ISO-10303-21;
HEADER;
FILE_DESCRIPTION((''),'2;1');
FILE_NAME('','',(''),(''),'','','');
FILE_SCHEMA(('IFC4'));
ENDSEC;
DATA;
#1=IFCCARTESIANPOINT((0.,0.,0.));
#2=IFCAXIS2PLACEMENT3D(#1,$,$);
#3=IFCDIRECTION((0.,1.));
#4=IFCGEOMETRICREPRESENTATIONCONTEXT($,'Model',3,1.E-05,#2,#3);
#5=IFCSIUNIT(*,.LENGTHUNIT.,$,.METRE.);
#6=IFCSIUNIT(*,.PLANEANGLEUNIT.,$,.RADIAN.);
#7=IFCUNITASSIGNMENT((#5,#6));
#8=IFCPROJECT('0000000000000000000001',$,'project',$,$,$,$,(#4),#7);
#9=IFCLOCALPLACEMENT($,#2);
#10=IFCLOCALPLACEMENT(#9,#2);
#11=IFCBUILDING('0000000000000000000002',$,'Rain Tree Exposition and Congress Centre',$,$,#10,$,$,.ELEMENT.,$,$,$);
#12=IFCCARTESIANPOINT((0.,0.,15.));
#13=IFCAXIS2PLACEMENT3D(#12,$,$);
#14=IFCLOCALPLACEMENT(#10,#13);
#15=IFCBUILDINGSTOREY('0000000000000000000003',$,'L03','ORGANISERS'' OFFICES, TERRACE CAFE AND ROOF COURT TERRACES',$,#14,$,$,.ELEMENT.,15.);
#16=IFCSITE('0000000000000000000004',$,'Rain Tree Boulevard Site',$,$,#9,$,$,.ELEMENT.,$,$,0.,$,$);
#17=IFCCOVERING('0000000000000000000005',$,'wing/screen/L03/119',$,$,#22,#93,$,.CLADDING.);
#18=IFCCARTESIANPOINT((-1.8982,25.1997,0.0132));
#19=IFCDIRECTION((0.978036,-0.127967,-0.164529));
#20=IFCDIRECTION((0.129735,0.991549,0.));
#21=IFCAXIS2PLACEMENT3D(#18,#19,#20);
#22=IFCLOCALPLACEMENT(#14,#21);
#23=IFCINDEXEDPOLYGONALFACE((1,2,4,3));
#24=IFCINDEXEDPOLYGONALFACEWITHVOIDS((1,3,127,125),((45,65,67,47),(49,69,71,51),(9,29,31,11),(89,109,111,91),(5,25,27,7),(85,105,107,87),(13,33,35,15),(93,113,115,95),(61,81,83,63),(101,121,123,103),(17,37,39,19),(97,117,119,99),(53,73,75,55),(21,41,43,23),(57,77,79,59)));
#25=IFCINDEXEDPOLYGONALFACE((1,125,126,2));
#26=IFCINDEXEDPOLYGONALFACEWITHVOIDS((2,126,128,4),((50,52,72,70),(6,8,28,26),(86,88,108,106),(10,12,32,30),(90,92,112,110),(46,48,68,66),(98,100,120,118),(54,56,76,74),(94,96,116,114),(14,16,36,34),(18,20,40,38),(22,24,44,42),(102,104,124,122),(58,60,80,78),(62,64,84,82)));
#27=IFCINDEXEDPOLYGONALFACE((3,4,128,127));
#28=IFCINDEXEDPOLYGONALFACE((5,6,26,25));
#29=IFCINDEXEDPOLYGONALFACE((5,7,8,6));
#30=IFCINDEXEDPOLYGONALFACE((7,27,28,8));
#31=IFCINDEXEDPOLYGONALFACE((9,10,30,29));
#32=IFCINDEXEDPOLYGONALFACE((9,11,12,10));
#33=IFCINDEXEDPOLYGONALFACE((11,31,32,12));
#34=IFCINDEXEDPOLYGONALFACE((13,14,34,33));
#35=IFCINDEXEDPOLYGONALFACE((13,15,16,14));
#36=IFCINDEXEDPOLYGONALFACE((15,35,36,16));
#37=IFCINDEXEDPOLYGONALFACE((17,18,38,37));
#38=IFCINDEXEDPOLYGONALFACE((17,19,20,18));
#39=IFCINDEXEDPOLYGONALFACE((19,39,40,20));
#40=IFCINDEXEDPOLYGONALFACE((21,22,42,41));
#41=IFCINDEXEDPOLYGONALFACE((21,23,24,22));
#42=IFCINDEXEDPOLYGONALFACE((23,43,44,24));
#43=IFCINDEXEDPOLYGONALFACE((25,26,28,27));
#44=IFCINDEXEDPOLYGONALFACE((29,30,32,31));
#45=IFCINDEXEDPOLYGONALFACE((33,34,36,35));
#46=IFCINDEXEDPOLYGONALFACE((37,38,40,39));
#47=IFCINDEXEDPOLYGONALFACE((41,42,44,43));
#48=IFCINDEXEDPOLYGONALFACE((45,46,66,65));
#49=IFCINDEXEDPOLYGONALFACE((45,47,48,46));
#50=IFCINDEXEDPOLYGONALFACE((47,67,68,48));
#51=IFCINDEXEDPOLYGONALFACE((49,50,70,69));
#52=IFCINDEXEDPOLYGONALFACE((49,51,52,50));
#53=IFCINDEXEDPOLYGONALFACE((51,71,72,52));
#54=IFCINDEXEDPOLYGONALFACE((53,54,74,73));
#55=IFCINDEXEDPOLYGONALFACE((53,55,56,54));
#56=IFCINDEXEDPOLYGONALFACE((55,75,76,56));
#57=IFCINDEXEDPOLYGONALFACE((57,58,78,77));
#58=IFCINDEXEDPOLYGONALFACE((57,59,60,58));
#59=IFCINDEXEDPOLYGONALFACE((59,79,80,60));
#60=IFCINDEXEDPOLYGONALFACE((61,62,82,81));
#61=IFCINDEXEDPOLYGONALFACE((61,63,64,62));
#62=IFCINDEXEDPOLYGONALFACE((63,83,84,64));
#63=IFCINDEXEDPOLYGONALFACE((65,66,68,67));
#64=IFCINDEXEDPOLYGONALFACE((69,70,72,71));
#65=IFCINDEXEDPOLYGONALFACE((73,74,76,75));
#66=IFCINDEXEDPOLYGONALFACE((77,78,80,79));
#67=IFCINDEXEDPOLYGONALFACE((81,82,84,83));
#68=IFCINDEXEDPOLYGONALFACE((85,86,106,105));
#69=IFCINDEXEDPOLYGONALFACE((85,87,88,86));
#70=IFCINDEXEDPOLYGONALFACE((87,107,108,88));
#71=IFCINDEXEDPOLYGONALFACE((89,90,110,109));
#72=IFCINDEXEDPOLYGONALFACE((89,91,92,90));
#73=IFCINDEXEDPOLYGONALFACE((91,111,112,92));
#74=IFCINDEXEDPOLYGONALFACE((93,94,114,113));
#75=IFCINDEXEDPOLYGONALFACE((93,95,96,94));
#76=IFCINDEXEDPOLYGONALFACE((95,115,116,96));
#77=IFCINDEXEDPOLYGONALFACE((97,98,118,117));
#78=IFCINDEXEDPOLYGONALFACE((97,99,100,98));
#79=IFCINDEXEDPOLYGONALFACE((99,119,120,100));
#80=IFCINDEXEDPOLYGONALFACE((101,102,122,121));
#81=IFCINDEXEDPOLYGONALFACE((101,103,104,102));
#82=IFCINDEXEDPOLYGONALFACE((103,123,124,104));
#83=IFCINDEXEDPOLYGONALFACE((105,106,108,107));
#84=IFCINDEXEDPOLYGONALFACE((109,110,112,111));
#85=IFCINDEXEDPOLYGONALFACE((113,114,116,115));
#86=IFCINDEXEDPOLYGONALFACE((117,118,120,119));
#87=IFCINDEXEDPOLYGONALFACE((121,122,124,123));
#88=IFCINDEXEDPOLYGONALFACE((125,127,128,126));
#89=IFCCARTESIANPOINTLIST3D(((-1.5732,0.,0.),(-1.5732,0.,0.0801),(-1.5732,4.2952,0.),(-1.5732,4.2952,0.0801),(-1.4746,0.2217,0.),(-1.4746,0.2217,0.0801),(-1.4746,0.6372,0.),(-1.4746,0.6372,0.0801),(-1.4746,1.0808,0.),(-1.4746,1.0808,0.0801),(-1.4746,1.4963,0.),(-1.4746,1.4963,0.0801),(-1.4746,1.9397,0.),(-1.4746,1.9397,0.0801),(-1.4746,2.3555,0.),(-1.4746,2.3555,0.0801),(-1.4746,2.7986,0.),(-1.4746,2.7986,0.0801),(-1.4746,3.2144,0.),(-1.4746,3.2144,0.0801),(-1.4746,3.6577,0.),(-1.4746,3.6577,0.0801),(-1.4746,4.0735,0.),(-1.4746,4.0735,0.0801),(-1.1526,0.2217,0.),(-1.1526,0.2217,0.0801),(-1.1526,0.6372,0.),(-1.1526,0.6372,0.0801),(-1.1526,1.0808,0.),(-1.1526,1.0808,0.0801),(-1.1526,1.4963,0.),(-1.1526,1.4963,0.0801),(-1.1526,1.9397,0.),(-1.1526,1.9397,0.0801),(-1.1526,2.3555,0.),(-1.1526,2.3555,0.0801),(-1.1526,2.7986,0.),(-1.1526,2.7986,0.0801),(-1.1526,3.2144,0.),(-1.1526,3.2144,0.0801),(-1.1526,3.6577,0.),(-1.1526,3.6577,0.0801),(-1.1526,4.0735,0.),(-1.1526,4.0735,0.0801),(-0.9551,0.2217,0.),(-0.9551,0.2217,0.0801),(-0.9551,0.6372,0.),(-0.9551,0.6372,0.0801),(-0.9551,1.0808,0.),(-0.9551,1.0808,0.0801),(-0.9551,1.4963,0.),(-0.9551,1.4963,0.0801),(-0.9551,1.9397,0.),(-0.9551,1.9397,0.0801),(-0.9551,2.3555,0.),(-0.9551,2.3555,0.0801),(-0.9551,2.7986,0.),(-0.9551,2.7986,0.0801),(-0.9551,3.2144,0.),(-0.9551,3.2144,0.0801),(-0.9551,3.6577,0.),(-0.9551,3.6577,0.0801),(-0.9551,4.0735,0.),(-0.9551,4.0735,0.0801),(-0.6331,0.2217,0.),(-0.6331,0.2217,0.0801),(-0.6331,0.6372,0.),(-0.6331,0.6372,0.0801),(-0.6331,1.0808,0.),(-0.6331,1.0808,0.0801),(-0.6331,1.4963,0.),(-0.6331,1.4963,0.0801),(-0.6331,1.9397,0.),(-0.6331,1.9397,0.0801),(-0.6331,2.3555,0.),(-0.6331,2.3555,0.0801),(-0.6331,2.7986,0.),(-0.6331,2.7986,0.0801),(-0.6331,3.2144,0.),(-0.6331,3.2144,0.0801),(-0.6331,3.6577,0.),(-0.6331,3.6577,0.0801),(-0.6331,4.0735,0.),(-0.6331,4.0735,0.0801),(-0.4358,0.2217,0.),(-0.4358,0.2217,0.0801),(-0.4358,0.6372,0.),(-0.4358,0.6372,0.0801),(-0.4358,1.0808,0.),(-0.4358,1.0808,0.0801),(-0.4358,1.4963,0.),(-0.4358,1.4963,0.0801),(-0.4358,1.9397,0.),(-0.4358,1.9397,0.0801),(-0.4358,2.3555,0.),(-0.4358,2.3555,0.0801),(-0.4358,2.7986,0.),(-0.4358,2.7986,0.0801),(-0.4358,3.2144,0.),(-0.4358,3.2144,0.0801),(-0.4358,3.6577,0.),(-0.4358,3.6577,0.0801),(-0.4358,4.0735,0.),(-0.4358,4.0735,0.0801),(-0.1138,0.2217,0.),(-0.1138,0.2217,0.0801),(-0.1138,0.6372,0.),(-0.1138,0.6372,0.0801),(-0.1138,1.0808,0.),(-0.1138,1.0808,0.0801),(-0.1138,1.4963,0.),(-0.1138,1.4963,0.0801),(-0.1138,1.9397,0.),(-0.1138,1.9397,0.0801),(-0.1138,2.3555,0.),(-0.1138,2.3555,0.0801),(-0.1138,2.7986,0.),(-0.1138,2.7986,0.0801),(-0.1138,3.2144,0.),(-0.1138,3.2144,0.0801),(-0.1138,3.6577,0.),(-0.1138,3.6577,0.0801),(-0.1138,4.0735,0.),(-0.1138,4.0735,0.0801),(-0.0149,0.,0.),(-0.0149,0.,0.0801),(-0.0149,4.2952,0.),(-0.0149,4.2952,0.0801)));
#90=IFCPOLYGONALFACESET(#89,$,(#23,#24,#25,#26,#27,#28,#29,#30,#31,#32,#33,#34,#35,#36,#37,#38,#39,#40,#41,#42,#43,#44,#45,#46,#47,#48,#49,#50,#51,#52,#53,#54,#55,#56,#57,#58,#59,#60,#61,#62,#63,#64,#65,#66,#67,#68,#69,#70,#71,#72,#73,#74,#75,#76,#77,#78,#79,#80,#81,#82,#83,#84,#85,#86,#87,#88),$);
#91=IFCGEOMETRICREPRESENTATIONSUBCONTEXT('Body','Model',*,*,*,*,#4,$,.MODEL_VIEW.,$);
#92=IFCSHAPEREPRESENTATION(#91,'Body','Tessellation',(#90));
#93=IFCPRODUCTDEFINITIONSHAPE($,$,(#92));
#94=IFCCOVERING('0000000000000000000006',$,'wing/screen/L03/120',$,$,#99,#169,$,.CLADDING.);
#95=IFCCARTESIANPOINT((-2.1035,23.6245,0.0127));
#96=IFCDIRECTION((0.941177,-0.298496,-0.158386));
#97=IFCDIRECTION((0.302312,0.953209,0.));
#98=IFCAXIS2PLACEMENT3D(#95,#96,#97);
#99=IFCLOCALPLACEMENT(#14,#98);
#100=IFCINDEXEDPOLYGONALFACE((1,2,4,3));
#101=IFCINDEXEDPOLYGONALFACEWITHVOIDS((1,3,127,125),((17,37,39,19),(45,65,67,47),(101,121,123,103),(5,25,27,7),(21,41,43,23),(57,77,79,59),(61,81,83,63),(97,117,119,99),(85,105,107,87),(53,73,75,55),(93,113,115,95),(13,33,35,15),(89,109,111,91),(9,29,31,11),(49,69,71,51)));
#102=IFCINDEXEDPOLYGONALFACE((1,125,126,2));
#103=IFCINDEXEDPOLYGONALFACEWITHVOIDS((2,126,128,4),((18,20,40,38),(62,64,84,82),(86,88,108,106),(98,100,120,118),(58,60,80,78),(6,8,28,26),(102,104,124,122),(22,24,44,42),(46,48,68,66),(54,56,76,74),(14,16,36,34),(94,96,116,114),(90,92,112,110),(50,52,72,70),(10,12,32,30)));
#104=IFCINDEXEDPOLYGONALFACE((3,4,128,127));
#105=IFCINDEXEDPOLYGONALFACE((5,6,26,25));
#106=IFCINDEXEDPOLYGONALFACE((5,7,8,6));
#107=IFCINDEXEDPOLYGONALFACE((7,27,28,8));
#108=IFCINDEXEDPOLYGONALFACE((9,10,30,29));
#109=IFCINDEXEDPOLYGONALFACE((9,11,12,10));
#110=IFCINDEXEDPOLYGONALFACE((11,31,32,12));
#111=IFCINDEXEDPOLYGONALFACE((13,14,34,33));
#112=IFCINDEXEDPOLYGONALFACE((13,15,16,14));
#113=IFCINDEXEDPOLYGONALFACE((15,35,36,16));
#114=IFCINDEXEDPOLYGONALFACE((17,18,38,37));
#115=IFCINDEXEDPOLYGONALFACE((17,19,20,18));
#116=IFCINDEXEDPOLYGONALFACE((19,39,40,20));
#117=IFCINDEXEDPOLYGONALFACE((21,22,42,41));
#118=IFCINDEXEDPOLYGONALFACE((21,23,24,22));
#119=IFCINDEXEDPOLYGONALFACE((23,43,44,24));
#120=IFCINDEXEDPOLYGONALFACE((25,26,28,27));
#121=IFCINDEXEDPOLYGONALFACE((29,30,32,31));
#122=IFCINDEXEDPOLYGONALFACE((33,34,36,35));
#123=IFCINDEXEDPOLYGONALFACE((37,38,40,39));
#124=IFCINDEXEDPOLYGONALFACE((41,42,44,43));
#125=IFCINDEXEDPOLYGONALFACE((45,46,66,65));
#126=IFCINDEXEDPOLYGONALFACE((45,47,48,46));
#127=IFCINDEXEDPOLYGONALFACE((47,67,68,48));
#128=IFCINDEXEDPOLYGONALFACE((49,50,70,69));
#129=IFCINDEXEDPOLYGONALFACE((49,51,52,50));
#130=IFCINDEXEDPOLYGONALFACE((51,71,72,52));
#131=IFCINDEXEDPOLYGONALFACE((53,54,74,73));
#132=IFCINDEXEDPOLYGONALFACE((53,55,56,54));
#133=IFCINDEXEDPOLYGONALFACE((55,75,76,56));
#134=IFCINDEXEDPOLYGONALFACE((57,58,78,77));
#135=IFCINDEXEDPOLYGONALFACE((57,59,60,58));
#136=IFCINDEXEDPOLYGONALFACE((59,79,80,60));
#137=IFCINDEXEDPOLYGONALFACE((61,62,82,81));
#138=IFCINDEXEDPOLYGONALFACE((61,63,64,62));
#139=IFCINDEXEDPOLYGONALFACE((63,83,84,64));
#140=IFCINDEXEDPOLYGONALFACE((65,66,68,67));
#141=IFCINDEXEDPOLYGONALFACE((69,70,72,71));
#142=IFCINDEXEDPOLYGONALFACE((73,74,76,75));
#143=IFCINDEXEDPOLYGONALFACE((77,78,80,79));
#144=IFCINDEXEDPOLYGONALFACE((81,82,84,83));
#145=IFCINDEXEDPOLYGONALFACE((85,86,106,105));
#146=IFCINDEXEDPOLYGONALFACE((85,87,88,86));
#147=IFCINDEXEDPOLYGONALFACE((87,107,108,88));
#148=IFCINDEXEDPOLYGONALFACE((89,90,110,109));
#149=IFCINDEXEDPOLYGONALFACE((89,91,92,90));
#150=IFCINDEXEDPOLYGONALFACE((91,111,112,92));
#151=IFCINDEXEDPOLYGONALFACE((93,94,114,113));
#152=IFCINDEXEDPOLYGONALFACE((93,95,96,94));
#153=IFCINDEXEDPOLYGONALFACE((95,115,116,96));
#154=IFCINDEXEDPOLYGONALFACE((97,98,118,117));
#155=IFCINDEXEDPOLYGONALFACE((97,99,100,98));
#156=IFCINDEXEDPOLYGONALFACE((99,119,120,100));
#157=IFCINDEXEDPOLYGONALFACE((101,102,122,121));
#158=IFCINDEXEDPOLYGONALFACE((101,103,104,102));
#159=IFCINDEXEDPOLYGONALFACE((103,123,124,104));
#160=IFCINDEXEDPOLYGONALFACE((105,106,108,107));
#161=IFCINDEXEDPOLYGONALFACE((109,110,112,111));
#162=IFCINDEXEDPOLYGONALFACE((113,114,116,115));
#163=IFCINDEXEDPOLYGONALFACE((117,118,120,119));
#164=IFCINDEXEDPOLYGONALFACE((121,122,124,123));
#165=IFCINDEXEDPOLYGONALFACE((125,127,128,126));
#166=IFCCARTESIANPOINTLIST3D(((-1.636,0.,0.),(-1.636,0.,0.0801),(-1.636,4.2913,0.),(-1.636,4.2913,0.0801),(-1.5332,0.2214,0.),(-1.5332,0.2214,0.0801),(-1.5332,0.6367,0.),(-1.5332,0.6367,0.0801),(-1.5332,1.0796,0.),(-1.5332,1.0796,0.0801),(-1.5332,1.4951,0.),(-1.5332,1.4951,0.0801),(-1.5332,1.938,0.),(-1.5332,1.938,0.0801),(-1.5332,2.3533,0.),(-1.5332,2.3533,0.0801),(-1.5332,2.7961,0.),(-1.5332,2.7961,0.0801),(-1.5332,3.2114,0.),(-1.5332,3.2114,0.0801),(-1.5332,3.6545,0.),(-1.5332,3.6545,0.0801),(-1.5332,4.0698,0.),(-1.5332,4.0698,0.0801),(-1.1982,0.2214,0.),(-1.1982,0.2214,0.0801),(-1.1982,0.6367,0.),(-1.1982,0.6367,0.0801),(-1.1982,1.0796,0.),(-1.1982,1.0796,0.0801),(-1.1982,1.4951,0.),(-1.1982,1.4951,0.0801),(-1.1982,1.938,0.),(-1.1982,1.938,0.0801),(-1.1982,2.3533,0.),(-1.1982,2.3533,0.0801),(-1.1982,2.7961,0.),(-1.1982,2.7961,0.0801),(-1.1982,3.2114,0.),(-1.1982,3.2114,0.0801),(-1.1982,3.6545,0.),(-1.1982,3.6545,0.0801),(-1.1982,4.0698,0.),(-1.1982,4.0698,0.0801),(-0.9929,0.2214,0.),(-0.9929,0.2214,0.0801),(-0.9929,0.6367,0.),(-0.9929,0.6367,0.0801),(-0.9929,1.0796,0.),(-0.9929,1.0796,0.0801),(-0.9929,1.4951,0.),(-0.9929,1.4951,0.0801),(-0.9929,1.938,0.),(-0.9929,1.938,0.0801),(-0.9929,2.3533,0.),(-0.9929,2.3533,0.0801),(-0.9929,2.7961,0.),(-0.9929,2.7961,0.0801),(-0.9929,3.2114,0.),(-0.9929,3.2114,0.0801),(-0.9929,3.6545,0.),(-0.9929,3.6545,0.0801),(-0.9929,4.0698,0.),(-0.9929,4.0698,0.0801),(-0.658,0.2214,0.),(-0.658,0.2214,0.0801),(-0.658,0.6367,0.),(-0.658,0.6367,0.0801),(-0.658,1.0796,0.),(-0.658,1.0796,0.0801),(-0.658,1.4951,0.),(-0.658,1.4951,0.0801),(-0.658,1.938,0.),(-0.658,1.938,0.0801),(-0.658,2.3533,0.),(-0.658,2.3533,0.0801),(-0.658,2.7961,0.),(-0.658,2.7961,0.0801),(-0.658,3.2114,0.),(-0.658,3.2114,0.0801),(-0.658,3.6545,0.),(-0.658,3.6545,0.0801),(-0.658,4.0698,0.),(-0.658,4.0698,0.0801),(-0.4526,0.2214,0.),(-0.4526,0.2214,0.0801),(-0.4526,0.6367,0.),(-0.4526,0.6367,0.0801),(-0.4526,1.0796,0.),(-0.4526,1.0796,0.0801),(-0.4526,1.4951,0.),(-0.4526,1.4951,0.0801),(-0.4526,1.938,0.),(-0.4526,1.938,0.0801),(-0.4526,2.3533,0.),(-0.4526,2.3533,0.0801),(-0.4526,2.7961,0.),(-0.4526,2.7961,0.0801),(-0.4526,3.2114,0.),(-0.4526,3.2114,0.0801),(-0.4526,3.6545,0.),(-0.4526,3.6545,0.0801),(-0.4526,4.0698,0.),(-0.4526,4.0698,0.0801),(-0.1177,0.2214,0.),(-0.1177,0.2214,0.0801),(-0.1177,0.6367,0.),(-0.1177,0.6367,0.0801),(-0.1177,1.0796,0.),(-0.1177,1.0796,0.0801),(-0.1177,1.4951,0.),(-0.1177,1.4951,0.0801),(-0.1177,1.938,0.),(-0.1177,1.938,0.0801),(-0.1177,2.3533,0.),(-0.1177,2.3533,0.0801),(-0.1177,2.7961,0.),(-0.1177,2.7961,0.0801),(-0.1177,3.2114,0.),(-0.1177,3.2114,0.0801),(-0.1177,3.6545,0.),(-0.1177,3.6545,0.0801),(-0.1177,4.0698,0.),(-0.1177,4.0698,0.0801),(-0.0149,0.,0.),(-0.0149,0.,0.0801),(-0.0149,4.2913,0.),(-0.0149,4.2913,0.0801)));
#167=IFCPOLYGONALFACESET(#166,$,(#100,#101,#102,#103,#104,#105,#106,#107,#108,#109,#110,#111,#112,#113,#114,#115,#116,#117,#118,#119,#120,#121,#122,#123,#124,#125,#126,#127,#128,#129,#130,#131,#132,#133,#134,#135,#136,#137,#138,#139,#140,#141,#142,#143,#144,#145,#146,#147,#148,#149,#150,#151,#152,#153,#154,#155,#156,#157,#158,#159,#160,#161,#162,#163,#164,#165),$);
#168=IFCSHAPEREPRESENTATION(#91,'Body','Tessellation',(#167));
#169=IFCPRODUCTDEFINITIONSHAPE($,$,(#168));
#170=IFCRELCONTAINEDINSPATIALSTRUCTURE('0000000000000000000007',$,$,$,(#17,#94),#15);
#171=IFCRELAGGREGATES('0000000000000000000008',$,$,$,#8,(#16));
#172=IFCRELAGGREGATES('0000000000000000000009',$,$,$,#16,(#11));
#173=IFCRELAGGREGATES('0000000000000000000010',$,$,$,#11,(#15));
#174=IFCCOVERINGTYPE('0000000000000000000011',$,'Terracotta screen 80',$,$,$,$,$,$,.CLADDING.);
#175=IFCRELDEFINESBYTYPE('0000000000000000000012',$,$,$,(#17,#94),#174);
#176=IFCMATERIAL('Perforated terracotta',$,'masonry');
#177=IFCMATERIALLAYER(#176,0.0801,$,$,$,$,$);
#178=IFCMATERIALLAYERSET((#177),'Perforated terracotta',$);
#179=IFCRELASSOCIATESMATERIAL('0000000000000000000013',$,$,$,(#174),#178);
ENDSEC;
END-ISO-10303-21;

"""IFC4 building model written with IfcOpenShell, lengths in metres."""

from ifc_helpers import new_model, si_unit, direction, frame, origin, place, context, subcontext, project, spatial, polyline, outline, extrude, material, layer, layer_set, type_object, element, save


model = new_model("IFC4")

# Units and contexts
model_context = context("Model", 3, precision=1e-05, world=origin(), true_north=direction((0.0, 1.0)))
body_context = subcontext(model_context, "Body", "Model", "MODEL_VIEW")
ifc_project = project(units=[si_unit("LENGTHUNIT", "METRE"), si_unit("PLANEANGLEUNIT", "RADIAN")], contexts=[model_context])

# Site, building, storey
site_placement = place(None, origin())
site = spatial("IfcSite", under=ifc_project, at=site_placement, Name="Rain Tree Boulevard Site", CompositionType="ELEMENT", RefElevation=0.0)
building_placement = place(site_placement, origin())
building = spatial("IfcBuilding", under=site, at=building_placement, Name="Rain Tree Exposition and Congress Centre", CompositionType="ELEMENT")
storey_placement = place(building_placement, frame((0.0, 0.0, 15.0)))
storey = spatial("IfcBuildingStorey", under=building, at=storey_placement, Name="L03", Description="ORGANISERS' OFFICES, TERRACE CAFE AND ROOF COURT TERRACES", CompositionType="ELEMENT", Elevation=15.0)

# Coverings
ifc_material_1 = material(Name="Perforated terracotta", Category="masonry")
ifc_layer_1 = layer(ifc_material_1, 0.0801)
ifc_layer_set_1 = layer_set([ifc_layer_1], Name="Perforated terracotta")
covering_type = type_object("IfcCoveringType", Name="Terracotta screen 80", PredefinedType="CLADDING", material=ifc_layer_set_1)
covering_1_placement = place(storey_placement, frame((-1.8982, 25.1997, 0.0132), z_axis=(0.978036, -0.127967, -0.164529), x_axis=(0.129735, 0.991549, 0.0)))
element("IfcCovering", 1, at=covering_1_placement, inside=storey, type_object=covering_type, Name="wing/screen/L03/119", PredefinedType="CLADDING", context=body_context, shape_type="SweptSolid", body=[
    extrude(outline(polyline([(-1.5732, 0.0), (-1.5732, 4.2952), (-0.0149, 4.2952), (-0.0149, 0.0), (-1.5732, 0.0)]), holes=[polyline([(-0.1138, 0.2217), (-0.1138, 0.6372), (-0.4358, 0.6372), (-0.4358, 0.2217), (-0.1138, 0.2217)]), polyline([(-0.1138, 1.0808), (-0.1138, 1.4963), (-0.4358, 1.4963), (-0.4358, 1.0808), (-0.1138, 1.0808)]), polyline([(-0.1138, 1.9397), (-0.1138, 2.3555), (-0.4358, 2.3555), (-0.4358, 1.9397), (-0.1138, 1.9397)]), polyline([(-0.1138, 2.7986), (-0.1138, 3.2144), (-0.4358, 3.2144), (-0.4358, 2.7986), (-0.1138, 2.7986)]), polyline([(-0.1138, 3.6577), (-0.1138, 4.0735), (-0.4358, 4.0735), (-0.4358, 3.6577), (-0.1138, 3.6577)]), polyline([(-0.6331, 0.2217), (-0.6331, 0.6372), (-0.9551, 0.6372), (-0.9551, 0.2217), (-0.6331, 0.2217)]), polyline([(-0.6331, 1.0808), (-0.6331, 1.4963), (-0.9551, 1.4963), (-0.9551, 1.0808), (-0.6331, 1.0808)]), polyline([(-0.6331, 1.9397), (-0.6331, 2.3555), (-0.9551, 2.3555), (-0.9551, 1.9397), (-0.6331, 1.9397)]), polyline([(-0.6331, 2.7986), (-0.6331, 3.2144), (-0.9551, 3.2144), (-0.9551, 2.7986), (-0.6331, 2.7986)]), polyline([(-0.6331, 3.6577), (-0.6331, 4.0735), (-0.9551, 4.0735), (-0.9551, 3.6577), (-0.6331, 3.6577)]), polyline([(-1.1526, 0.2217), (-1.1526, 0.6372), (-1.4746, 0.6372), (-1.4746, 0.2217), (-1.1526, 0.2217)]), polyline([(-1.1526, 1.0808), (-1.1526, 1.4963), (-1.4746, 1.4963), (-1.4746, 1.0808), (-1.1526, 1.0808)]), polyline([(-1.1526, 1.9397), (-1.1526, 2.3555), (-1.4746, 2.3555), (-1.4746, 1.9397), (-1.1526, 1.9397)]), polyline([(-1.1526, 2.7986), (-1.1526, 3.2144), (-1.4746, 3.2144), (-1.4746, 2.7986), (-1.1526, 2.7986)]), polyline([(-1.1526, 3.6577), (-1.1526, 4.0735), (-1.4746, 4.0735), (-1.4746, 3.6577), (-1.1526, 3.6577)])]), origin(), (0.0, 0.0, 1.0), 0.0801),
])
covering_2_placement = place(storey_placement, frame((-2.1035, 23.6245, 0.0127), z_axis=(0.941177, -0.298496, -0.158386), x_axis=(0.302312, 0.953209, 0.0)))
element("IfcCovering", 2, at=covering_2_placement, inside=storey, type_object=covering_type, Name="wing/screen/L03/120", PredefinedType="CLADDING", context=body_context, shape_type="SweptSolid", body=[
    extrude(outline(polyline([(-1.636, 0.0), (-1.636, 4.2913), (-0.0149, 4.2913), (-0.0149, 0.0), (-1.636, 0.0)]), holes=[polyline([(-0.1177, 0.2214), (-0.1177, 0.6367), (-0.4526, 0.6367), (-0.4526, 0.2214), (-0.1177, 0.2214)]), polyline([(-0.1177, 1.0796), (-0.1177, 1.4951), (-0.4526, 1.4951), (-0.4526, 1.0796), (-0.1177, 1.0796)]), polyline([(-0.1177, 1.938), (-0.1177, 2.3533), (-0.4526, 2.3533), (-0.4526, 1.938), (-0.1177, 1.938)]), polyline([(-0.1177, 2.7961), (-0.1177, 3.2114), (-0.4526, 3.2114), (-0.4526, 2.7961), (-0.1177, 2.7961)]), polyline([(-0.1177, 3.6545), (-0.1177, 4.0698), (-0.4526, 4.0698), (-0.4526, 3.6545), (-0.1177, 3.6545)]), polyline([(-0.658, 0.2214), (-0.658, 0.6367), (-0.9929, 0.6367), (-0.9929, 0.2214), (-0.658, 0.2214)]), polyline([(-0.658, 1.0796), (-0.658, 1.4951), (-0.9929, 1.4951), (-0.9929, 1.0796), (-0.658, 1.0796)]), polyline([(-0.658, 1.938), (-0.658, 2.3533), (-0.9929, 2.3533), (-0.9929, 1.938), (-0.658, 1.938)]), polyline([(-0.658, 2.7961), (-0.658, 3.2114), (-0.9929, 3.2114), (-0.9929, 2.7961), (-0.658, 2.7961)]), polyline([(-0.658, 3.6545), (-0.658, 4.0698), (-0.9929, 4.0698), (-0.9929, 3.6545), (-0.658, 3.6545)]), polyline([(-1.1982, 0.2214), (-1.1982, 0.6367), (-1.5332, 0.6367), (-1.5332, 0.2214), (-1.1982, 0.2214)]), polyline([(-1.1982, 1.0796), (-1.1982, 1.4951), (-1.5332, 1.4951), (-1.5332, 1.0796), (-1.1982, 1.0796)]), polyline([(-1.1982, 1.938), (-1.1982, 2.3533), (-1.5332, 2.3533), (-1.5332, 1.938), (-1.1982, 1.938)]), polyline([(-1.1982, 2.7961), (-1.1982, 3.2114), (-1.5332, 3.2114), (-1.5332, 2.7961), (-1.1982, 2.7961)]), polyline([(-1.1982, 3.6545), (-1.1982, 4.0698), (-1.5332, 4.0698), (-1.5332, 3.6545), (-1.1982, 3.6545)])]), origin(), (0.0, 0.0, 1.0), 0.0801),
])

save(model, "model.ifc")
